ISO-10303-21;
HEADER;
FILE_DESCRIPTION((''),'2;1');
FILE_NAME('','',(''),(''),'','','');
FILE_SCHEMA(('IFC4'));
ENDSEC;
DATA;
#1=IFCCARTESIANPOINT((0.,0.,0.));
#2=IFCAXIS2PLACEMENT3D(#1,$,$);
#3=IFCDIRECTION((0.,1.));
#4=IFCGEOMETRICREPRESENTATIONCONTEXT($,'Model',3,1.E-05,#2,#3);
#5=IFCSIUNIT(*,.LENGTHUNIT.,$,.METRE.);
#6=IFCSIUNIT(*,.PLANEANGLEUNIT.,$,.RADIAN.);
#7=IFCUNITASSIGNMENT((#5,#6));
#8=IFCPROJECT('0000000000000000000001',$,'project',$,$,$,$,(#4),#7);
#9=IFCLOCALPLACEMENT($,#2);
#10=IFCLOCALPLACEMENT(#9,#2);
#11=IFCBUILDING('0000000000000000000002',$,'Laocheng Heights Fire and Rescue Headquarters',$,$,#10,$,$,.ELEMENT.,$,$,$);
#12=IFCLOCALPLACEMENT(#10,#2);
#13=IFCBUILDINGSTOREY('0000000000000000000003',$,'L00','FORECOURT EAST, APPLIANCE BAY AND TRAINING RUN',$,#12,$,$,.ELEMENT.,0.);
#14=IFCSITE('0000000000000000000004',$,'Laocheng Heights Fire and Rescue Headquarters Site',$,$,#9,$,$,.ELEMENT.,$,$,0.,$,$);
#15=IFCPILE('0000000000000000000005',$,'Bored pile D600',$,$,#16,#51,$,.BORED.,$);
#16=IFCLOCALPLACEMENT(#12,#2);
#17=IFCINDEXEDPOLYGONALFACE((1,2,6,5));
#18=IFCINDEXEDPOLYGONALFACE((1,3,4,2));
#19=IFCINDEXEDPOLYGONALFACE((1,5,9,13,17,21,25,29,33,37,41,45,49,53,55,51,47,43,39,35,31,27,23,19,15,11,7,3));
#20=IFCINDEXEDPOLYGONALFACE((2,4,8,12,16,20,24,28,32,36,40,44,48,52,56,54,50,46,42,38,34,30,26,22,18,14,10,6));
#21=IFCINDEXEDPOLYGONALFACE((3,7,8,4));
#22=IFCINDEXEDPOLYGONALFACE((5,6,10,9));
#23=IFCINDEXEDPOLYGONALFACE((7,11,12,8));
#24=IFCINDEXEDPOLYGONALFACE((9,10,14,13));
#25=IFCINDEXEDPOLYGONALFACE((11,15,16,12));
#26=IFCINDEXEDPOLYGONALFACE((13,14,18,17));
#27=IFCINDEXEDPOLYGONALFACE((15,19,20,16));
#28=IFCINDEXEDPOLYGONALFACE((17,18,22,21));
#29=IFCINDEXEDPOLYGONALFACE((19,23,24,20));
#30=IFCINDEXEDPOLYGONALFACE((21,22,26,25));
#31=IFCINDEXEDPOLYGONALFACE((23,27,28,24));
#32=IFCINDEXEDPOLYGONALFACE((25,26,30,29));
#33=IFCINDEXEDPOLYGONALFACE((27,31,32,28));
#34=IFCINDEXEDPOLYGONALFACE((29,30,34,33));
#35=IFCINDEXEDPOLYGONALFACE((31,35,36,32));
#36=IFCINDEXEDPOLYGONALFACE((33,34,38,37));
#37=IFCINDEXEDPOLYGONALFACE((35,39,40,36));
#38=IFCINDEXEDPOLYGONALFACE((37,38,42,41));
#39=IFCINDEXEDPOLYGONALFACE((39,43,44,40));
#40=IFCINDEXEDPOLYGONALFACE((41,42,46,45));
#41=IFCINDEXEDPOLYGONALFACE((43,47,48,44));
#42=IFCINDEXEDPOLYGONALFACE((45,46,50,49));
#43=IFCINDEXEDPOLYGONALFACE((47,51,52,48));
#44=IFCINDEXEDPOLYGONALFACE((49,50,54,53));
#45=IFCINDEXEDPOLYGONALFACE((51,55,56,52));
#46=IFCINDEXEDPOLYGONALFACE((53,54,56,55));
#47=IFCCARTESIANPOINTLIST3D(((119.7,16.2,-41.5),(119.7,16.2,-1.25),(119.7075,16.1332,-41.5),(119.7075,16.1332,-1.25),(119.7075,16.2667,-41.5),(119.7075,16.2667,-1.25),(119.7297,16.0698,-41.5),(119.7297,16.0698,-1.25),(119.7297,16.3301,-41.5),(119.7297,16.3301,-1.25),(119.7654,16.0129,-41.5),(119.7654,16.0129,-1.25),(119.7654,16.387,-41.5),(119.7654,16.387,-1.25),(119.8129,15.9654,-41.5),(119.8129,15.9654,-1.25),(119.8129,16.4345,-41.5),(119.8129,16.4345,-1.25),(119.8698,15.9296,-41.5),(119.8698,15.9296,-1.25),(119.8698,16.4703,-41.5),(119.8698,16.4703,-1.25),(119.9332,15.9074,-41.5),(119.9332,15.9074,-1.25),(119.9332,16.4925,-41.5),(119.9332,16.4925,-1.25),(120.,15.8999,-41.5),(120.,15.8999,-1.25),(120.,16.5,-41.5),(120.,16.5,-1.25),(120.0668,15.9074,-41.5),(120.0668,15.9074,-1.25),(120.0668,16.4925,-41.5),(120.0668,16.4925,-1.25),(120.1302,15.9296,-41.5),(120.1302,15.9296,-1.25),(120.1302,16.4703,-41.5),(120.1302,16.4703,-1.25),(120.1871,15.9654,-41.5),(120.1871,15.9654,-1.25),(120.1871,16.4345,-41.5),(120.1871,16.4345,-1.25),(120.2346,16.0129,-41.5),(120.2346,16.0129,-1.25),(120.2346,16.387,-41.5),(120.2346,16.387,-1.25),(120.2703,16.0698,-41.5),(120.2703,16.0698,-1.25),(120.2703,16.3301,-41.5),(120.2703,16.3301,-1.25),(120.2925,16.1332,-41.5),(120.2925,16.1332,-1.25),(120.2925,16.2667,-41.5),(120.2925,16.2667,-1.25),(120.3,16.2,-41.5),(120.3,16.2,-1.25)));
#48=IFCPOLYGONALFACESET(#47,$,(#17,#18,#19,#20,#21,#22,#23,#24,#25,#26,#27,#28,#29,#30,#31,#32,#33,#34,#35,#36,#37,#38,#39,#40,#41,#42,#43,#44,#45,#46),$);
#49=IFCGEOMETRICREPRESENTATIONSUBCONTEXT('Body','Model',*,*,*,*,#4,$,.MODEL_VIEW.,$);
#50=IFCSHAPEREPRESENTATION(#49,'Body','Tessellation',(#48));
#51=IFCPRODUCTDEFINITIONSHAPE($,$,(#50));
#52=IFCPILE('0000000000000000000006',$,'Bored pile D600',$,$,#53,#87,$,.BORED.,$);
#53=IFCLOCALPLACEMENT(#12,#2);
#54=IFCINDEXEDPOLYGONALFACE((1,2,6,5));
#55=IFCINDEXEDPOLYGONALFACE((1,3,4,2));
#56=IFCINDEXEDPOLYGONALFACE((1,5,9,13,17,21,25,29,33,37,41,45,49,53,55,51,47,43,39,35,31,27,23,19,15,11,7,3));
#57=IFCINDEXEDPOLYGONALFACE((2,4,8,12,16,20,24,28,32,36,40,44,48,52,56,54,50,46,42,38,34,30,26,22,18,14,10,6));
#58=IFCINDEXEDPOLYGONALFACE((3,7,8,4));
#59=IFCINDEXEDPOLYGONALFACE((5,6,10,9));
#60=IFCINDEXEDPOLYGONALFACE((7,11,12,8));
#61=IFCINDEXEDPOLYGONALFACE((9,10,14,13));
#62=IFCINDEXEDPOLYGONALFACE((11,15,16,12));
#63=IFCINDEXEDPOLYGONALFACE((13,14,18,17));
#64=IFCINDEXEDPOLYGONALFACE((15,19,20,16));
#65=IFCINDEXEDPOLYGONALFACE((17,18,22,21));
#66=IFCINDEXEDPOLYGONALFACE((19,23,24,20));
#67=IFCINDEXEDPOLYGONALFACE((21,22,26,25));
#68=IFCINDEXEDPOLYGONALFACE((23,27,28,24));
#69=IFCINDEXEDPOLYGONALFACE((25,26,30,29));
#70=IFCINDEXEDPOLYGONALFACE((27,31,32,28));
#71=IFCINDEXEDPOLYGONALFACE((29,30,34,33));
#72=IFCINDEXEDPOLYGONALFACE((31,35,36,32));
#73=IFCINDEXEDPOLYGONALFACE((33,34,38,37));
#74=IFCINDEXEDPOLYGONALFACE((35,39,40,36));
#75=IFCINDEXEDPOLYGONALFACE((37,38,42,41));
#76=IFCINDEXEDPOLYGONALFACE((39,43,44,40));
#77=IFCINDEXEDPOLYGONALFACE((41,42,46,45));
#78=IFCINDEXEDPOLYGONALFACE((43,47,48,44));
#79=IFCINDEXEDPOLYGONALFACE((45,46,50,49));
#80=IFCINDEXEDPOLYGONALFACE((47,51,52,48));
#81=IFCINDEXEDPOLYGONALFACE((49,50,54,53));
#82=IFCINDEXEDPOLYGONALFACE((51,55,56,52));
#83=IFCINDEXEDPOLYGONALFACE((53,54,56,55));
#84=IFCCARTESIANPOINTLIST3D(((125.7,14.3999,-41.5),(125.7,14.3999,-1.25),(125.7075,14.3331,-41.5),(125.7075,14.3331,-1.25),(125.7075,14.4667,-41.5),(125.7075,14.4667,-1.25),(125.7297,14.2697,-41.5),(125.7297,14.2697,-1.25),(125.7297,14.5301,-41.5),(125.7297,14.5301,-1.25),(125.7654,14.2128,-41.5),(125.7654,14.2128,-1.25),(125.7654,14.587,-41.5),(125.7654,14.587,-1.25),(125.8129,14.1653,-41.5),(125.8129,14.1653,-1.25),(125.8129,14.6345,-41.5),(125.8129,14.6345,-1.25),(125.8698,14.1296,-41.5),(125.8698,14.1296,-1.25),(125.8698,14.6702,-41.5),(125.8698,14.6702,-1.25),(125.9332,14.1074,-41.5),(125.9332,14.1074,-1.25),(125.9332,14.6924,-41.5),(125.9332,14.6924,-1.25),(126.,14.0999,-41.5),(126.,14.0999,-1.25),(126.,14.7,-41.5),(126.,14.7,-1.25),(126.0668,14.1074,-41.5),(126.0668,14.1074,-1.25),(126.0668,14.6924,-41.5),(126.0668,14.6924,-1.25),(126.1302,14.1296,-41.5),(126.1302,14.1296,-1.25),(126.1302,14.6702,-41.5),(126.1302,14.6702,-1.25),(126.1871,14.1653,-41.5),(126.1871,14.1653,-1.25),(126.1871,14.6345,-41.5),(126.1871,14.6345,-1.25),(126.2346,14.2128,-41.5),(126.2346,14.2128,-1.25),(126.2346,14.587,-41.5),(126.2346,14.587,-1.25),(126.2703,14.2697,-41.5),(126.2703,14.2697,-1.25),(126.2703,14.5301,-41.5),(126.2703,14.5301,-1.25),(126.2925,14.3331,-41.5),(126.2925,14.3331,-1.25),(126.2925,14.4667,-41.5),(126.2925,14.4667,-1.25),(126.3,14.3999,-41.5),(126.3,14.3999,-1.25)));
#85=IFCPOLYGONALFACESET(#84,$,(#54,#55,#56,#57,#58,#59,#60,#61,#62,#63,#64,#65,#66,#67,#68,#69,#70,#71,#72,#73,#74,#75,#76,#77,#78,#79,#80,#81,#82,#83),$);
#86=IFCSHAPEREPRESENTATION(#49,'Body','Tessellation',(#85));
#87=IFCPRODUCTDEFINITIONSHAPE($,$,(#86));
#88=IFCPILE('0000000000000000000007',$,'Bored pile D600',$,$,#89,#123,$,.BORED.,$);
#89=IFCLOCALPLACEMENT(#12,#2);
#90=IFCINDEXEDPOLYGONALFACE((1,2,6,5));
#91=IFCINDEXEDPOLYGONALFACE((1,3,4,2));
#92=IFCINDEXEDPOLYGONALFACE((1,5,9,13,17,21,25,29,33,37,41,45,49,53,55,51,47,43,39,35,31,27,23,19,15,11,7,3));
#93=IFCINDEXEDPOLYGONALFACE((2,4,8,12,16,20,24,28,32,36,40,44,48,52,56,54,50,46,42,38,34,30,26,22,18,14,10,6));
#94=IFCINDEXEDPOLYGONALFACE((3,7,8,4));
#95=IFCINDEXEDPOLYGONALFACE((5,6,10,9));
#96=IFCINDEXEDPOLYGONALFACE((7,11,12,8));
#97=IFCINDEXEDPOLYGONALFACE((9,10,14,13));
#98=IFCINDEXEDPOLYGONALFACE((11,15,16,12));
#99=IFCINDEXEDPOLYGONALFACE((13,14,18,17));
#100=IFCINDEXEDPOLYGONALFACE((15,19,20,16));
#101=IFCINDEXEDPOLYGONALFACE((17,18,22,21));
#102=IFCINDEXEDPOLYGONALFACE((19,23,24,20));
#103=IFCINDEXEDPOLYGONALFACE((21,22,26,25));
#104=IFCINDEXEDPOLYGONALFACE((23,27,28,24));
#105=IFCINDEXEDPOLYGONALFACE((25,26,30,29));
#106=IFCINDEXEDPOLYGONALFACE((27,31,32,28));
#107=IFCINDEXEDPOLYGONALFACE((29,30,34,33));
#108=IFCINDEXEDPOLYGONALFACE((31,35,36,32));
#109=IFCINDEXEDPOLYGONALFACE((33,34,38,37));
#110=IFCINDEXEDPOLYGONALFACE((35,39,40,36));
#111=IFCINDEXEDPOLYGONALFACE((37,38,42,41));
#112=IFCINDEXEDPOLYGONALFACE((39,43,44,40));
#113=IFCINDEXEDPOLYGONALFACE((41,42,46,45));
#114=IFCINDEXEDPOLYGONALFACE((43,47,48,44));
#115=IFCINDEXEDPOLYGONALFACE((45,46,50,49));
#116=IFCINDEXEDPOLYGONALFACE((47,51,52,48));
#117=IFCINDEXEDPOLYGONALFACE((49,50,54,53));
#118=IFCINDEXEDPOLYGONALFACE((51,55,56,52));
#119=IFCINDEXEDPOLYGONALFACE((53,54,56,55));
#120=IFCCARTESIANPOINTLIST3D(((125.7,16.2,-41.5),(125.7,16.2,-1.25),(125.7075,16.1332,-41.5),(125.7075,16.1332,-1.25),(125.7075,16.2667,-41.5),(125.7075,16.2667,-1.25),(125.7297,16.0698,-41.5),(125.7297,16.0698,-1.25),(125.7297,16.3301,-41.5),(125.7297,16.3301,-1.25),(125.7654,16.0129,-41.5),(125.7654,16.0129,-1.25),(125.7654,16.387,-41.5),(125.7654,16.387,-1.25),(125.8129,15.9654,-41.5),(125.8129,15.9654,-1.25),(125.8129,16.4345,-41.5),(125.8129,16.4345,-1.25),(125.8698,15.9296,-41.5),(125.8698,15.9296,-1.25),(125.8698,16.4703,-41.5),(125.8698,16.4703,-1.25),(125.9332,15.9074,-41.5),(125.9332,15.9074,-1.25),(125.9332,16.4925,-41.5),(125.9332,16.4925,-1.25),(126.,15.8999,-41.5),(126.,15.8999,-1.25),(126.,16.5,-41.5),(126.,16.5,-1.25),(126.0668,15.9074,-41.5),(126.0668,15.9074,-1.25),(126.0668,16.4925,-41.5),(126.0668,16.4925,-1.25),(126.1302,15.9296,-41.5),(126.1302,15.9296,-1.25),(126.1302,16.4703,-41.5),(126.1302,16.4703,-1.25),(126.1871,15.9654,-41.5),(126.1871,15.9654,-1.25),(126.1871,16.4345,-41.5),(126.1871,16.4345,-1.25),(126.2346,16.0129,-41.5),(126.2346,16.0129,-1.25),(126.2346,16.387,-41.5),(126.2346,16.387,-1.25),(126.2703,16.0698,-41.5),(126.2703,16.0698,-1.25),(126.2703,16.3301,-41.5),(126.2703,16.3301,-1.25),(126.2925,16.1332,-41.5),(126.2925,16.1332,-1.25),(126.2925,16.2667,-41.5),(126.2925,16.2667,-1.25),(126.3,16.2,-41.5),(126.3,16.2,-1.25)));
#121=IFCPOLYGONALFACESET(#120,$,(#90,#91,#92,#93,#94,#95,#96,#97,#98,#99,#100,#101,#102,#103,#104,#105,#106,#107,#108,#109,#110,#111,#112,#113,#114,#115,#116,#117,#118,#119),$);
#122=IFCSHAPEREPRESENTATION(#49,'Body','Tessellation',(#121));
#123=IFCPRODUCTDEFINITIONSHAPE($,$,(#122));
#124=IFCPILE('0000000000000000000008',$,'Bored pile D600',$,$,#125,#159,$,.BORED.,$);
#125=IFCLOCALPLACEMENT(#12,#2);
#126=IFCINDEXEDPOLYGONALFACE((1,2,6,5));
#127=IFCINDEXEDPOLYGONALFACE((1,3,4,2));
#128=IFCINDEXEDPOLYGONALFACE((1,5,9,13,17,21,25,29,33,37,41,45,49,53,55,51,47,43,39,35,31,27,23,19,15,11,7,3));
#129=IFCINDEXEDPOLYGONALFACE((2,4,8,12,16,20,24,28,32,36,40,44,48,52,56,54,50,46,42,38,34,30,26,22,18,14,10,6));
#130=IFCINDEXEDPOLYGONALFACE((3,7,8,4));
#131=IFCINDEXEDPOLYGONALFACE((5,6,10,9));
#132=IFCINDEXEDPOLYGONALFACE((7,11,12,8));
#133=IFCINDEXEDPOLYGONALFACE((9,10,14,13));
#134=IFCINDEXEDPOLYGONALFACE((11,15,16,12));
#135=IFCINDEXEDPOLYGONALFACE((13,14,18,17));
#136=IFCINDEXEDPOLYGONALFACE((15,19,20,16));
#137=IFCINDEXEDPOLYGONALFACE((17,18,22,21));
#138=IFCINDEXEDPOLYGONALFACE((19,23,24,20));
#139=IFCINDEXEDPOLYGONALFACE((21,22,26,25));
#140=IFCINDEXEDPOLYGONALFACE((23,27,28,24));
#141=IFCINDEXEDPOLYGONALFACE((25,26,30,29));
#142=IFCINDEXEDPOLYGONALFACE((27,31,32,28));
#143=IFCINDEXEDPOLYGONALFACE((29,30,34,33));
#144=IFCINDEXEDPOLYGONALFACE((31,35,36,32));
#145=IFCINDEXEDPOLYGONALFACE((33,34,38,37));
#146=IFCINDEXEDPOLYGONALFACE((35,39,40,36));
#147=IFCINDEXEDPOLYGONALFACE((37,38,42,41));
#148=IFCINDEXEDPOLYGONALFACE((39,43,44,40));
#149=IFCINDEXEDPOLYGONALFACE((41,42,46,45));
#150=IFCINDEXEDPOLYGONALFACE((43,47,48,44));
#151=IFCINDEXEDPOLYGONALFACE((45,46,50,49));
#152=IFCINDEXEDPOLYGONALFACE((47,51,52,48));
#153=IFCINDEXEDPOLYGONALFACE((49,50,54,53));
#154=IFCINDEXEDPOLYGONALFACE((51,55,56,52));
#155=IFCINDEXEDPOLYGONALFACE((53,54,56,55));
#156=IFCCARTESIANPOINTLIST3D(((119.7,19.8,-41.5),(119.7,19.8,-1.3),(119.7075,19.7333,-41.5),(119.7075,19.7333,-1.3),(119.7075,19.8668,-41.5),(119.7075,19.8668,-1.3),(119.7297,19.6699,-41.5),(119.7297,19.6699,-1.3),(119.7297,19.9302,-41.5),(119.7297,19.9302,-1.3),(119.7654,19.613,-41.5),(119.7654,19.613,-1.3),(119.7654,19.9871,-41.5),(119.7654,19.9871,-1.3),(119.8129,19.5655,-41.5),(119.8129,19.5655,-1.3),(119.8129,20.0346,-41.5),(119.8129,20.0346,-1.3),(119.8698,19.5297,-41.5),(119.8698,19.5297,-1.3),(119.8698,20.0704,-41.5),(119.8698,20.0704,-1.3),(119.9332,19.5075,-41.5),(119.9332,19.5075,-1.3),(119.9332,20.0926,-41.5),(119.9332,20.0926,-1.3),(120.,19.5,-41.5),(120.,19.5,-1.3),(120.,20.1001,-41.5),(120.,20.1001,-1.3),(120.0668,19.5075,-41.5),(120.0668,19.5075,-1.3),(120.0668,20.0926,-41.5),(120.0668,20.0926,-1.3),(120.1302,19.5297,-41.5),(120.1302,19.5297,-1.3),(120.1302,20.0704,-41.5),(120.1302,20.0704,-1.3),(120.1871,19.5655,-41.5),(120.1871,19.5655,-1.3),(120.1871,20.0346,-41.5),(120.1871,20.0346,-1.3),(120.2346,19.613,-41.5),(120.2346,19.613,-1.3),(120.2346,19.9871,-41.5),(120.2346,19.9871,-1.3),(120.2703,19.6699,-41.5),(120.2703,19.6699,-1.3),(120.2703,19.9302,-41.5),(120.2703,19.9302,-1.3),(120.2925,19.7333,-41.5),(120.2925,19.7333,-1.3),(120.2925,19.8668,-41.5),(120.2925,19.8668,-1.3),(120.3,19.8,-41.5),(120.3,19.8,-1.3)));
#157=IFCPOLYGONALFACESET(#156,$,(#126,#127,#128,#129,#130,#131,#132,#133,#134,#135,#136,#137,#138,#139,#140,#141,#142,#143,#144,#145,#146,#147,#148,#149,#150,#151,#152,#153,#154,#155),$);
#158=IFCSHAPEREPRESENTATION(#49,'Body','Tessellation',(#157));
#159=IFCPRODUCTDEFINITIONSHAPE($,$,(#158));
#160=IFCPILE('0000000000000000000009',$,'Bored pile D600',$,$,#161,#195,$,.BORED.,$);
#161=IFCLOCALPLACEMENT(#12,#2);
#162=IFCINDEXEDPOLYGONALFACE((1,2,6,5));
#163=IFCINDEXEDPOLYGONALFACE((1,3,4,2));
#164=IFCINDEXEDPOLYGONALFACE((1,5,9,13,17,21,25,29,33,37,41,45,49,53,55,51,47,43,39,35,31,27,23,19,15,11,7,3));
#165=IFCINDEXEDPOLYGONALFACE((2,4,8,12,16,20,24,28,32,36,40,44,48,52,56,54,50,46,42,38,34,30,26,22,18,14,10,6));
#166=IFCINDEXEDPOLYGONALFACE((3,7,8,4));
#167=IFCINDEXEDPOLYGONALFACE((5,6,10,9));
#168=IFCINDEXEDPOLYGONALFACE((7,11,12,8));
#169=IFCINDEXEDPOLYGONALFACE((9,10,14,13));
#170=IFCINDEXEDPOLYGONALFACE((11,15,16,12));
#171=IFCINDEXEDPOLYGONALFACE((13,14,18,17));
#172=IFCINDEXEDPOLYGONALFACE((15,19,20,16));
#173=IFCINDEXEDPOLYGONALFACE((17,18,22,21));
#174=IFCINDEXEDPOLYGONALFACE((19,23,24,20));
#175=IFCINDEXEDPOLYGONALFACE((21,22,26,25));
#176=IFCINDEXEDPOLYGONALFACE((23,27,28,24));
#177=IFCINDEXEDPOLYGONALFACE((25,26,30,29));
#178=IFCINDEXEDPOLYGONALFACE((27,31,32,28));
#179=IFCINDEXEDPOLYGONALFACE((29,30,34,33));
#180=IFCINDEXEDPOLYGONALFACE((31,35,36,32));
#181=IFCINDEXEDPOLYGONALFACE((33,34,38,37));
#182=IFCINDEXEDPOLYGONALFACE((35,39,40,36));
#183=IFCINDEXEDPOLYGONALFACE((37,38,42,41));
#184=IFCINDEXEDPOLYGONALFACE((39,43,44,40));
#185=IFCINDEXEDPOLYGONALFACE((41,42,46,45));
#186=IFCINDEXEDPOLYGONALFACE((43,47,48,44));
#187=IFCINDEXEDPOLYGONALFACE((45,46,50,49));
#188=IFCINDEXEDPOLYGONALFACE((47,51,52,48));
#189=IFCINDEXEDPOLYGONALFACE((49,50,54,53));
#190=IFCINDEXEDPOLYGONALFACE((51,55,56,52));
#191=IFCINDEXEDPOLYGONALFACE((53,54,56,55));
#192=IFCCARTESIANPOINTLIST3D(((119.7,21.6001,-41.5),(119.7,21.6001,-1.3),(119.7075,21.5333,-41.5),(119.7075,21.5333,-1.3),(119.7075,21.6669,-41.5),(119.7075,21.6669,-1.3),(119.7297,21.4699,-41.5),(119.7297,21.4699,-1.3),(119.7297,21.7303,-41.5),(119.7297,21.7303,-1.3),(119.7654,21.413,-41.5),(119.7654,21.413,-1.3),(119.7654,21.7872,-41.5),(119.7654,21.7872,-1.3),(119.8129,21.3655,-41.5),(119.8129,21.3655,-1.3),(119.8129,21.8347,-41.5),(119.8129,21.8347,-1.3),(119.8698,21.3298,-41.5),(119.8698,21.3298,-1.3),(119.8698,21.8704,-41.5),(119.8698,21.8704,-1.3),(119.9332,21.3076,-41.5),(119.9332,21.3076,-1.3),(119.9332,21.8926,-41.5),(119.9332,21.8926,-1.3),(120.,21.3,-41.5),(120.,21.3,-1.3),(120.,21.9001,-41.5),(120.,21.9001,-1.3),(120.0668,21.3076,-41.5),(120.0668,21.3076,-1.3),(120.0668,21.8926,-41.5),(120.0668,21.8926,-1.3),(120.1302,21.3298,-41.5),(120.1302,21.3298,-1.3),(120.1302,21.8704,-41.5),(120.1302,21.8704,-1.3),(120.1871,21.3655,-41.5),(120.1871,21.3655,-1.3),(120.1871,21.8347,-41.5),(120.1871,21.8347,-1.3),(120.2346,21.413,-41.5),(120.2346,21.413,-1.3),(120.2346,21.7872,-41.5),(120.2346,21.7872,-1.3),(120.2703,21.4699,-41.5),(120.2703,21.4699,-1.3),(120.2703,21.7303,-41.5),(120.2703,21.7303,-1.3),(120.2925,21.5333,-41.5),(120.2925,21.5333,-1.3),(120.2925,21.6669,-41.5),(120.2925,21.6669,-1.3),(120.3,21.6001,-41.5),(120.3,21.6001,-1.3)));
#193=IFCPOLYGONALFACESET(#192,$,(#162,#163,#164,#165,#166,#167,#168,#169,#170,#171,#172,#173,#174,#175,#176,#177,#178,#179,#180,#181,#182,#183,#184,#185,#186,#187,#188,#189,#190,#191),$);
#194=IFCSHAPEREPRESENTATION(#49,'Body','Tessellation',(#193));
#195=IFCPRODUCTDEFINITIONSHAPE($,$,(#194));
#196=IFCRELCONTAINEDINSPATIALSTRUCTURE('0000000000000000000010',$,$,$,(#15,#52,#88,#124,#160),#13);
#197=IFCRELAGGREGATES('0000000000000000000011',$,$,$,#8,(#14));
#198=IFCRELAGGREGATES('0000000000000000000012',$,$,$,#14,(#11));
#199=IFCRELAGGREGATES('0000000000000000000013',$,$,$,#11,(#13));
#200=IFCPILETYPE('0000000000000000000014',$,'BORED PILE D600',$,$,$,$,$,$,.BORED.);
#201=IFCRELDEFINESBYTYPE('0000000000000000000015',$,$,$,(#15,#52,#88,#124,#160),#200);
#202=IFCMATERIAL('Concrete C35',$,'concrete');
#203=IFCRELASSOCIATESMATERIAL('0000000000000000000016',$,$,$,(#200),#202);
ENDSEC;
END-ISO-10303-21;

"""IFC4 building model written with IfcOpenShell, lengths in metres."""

from ifc_helpers import new_model, si_unit, direction, frame, origin, origin_2d, place, context, subcontext, project, spatial, circle, extrude, material, material_profile, profile_set, type_object, element, save


model = new_model("IFC4")

# Units and contexts
model_context = context("Model", 3, precision=1e-05, world=origin(), true_north=direction((0.0, 1.0)))
body_context = subcontext(model_context, "Body", "Model", "MODEL_VIEW")
ifc_project = project(units=[si_unit("LENGTHUNIT", "METRE"), si_unit("PLANEANGLEUNIT", "RADIAN")], contexts=[model_context])

# Site, building, storey
site_placement = place(None, origin())
site = spatial("IfcSite", under=ifc_project, at=site_placement, Name="Laocheng Heights Fire and Rescue Headquarters Site", CompositionType="ELEMENT", RefElevation=0.0)
building_placement = place(site_placement, origin())
building = spatial("IfcBuilding", under=site, at=building_placement, Name="Laocheng Heights Fire and Rescue Headquarters", CompositionType="ELEMENT")
storey_placement = place(building_placement, origin())
storey = spatial("IfcBuildingStorey", under=building, at=storey_placement, Name="L00", Description="FORECOURT EAST, APPLIANCE BAY AND TRAINING RUN", CompositionType="ELEMENT", Elevation=0.0)

# Piles
ifc_material_1 = material(Name="Concrete C35", Category="concrete")
ifc_material_profile_1 = material_profile(ifc_material_1, circle(Radius=0.3, at=origin_2d()), Name="BORED PILE D600")
ifc_profile_set_1 = profile_set([ifc_material_profile_1], Name="Concrete C35")
pile_type = type_object("IfcPileType", Name="BORED PILE D600", PredefinedType="BORED", material=ifc_profile_set_1)
for number, where, z_axis, x_axis, name in (
    (1, (120.0, 16.2, -1.25), (0.0, 0.0, -1.0), (1.0, 0.0, 0.0), "Bored pile D600"),
    (2, (126.0, 14.3999, -1.25), (0.0, 0.0, -1.0), (1.0, 0.0, 0.0), "Bored pile D600"),
    (3, (126.0, 16.2, -1.25), (0.0, 0.0, -1.0), (1.0, 0.0, 0.0), "Bored pile D600"),
):
    element("IfcPile", number, at=place(storey_placement, frame(where, z_axis=z_axis, x_axis=x_axis)), inside=storey, type_object=pile_type, Name=name, PredefinedType="BORED", context=body_context, shape_type="SweptSolid", body=[
        extrude(circle(Radius=0.3, at=origin_2d()), origin(), (0.0, 0.0, 1.0), 40.25),
    ])
for number, where, z_axis, x_axis, name in (
    (4, (120.0, 19.8, -1.3), (0.0, 0.0, -1.0), (1.0, 0.0, 0.0), "Bored pile D600"),
    (5, (120.0, 21.6001, -1.3), (0.0, 0.0, -1.0), (1.0, 0.0, 0.0), "Bored pile D600"),
):
    element("IfcPile", number, at=place(storey_placement, frame(where, z_axis=z_axis, x_axis=x_axis)), inside=storey, type_object=pile_type, Name=name, PredefinedType="BORED", context=body_context, shape_type="SweptSolid", body=[
        extrude(circle(Radius=0.3, at=origin_2d()), origin(), (0.0, 0.0, 1.0), 40.2),
    ])

save(model, "model.ifc")
